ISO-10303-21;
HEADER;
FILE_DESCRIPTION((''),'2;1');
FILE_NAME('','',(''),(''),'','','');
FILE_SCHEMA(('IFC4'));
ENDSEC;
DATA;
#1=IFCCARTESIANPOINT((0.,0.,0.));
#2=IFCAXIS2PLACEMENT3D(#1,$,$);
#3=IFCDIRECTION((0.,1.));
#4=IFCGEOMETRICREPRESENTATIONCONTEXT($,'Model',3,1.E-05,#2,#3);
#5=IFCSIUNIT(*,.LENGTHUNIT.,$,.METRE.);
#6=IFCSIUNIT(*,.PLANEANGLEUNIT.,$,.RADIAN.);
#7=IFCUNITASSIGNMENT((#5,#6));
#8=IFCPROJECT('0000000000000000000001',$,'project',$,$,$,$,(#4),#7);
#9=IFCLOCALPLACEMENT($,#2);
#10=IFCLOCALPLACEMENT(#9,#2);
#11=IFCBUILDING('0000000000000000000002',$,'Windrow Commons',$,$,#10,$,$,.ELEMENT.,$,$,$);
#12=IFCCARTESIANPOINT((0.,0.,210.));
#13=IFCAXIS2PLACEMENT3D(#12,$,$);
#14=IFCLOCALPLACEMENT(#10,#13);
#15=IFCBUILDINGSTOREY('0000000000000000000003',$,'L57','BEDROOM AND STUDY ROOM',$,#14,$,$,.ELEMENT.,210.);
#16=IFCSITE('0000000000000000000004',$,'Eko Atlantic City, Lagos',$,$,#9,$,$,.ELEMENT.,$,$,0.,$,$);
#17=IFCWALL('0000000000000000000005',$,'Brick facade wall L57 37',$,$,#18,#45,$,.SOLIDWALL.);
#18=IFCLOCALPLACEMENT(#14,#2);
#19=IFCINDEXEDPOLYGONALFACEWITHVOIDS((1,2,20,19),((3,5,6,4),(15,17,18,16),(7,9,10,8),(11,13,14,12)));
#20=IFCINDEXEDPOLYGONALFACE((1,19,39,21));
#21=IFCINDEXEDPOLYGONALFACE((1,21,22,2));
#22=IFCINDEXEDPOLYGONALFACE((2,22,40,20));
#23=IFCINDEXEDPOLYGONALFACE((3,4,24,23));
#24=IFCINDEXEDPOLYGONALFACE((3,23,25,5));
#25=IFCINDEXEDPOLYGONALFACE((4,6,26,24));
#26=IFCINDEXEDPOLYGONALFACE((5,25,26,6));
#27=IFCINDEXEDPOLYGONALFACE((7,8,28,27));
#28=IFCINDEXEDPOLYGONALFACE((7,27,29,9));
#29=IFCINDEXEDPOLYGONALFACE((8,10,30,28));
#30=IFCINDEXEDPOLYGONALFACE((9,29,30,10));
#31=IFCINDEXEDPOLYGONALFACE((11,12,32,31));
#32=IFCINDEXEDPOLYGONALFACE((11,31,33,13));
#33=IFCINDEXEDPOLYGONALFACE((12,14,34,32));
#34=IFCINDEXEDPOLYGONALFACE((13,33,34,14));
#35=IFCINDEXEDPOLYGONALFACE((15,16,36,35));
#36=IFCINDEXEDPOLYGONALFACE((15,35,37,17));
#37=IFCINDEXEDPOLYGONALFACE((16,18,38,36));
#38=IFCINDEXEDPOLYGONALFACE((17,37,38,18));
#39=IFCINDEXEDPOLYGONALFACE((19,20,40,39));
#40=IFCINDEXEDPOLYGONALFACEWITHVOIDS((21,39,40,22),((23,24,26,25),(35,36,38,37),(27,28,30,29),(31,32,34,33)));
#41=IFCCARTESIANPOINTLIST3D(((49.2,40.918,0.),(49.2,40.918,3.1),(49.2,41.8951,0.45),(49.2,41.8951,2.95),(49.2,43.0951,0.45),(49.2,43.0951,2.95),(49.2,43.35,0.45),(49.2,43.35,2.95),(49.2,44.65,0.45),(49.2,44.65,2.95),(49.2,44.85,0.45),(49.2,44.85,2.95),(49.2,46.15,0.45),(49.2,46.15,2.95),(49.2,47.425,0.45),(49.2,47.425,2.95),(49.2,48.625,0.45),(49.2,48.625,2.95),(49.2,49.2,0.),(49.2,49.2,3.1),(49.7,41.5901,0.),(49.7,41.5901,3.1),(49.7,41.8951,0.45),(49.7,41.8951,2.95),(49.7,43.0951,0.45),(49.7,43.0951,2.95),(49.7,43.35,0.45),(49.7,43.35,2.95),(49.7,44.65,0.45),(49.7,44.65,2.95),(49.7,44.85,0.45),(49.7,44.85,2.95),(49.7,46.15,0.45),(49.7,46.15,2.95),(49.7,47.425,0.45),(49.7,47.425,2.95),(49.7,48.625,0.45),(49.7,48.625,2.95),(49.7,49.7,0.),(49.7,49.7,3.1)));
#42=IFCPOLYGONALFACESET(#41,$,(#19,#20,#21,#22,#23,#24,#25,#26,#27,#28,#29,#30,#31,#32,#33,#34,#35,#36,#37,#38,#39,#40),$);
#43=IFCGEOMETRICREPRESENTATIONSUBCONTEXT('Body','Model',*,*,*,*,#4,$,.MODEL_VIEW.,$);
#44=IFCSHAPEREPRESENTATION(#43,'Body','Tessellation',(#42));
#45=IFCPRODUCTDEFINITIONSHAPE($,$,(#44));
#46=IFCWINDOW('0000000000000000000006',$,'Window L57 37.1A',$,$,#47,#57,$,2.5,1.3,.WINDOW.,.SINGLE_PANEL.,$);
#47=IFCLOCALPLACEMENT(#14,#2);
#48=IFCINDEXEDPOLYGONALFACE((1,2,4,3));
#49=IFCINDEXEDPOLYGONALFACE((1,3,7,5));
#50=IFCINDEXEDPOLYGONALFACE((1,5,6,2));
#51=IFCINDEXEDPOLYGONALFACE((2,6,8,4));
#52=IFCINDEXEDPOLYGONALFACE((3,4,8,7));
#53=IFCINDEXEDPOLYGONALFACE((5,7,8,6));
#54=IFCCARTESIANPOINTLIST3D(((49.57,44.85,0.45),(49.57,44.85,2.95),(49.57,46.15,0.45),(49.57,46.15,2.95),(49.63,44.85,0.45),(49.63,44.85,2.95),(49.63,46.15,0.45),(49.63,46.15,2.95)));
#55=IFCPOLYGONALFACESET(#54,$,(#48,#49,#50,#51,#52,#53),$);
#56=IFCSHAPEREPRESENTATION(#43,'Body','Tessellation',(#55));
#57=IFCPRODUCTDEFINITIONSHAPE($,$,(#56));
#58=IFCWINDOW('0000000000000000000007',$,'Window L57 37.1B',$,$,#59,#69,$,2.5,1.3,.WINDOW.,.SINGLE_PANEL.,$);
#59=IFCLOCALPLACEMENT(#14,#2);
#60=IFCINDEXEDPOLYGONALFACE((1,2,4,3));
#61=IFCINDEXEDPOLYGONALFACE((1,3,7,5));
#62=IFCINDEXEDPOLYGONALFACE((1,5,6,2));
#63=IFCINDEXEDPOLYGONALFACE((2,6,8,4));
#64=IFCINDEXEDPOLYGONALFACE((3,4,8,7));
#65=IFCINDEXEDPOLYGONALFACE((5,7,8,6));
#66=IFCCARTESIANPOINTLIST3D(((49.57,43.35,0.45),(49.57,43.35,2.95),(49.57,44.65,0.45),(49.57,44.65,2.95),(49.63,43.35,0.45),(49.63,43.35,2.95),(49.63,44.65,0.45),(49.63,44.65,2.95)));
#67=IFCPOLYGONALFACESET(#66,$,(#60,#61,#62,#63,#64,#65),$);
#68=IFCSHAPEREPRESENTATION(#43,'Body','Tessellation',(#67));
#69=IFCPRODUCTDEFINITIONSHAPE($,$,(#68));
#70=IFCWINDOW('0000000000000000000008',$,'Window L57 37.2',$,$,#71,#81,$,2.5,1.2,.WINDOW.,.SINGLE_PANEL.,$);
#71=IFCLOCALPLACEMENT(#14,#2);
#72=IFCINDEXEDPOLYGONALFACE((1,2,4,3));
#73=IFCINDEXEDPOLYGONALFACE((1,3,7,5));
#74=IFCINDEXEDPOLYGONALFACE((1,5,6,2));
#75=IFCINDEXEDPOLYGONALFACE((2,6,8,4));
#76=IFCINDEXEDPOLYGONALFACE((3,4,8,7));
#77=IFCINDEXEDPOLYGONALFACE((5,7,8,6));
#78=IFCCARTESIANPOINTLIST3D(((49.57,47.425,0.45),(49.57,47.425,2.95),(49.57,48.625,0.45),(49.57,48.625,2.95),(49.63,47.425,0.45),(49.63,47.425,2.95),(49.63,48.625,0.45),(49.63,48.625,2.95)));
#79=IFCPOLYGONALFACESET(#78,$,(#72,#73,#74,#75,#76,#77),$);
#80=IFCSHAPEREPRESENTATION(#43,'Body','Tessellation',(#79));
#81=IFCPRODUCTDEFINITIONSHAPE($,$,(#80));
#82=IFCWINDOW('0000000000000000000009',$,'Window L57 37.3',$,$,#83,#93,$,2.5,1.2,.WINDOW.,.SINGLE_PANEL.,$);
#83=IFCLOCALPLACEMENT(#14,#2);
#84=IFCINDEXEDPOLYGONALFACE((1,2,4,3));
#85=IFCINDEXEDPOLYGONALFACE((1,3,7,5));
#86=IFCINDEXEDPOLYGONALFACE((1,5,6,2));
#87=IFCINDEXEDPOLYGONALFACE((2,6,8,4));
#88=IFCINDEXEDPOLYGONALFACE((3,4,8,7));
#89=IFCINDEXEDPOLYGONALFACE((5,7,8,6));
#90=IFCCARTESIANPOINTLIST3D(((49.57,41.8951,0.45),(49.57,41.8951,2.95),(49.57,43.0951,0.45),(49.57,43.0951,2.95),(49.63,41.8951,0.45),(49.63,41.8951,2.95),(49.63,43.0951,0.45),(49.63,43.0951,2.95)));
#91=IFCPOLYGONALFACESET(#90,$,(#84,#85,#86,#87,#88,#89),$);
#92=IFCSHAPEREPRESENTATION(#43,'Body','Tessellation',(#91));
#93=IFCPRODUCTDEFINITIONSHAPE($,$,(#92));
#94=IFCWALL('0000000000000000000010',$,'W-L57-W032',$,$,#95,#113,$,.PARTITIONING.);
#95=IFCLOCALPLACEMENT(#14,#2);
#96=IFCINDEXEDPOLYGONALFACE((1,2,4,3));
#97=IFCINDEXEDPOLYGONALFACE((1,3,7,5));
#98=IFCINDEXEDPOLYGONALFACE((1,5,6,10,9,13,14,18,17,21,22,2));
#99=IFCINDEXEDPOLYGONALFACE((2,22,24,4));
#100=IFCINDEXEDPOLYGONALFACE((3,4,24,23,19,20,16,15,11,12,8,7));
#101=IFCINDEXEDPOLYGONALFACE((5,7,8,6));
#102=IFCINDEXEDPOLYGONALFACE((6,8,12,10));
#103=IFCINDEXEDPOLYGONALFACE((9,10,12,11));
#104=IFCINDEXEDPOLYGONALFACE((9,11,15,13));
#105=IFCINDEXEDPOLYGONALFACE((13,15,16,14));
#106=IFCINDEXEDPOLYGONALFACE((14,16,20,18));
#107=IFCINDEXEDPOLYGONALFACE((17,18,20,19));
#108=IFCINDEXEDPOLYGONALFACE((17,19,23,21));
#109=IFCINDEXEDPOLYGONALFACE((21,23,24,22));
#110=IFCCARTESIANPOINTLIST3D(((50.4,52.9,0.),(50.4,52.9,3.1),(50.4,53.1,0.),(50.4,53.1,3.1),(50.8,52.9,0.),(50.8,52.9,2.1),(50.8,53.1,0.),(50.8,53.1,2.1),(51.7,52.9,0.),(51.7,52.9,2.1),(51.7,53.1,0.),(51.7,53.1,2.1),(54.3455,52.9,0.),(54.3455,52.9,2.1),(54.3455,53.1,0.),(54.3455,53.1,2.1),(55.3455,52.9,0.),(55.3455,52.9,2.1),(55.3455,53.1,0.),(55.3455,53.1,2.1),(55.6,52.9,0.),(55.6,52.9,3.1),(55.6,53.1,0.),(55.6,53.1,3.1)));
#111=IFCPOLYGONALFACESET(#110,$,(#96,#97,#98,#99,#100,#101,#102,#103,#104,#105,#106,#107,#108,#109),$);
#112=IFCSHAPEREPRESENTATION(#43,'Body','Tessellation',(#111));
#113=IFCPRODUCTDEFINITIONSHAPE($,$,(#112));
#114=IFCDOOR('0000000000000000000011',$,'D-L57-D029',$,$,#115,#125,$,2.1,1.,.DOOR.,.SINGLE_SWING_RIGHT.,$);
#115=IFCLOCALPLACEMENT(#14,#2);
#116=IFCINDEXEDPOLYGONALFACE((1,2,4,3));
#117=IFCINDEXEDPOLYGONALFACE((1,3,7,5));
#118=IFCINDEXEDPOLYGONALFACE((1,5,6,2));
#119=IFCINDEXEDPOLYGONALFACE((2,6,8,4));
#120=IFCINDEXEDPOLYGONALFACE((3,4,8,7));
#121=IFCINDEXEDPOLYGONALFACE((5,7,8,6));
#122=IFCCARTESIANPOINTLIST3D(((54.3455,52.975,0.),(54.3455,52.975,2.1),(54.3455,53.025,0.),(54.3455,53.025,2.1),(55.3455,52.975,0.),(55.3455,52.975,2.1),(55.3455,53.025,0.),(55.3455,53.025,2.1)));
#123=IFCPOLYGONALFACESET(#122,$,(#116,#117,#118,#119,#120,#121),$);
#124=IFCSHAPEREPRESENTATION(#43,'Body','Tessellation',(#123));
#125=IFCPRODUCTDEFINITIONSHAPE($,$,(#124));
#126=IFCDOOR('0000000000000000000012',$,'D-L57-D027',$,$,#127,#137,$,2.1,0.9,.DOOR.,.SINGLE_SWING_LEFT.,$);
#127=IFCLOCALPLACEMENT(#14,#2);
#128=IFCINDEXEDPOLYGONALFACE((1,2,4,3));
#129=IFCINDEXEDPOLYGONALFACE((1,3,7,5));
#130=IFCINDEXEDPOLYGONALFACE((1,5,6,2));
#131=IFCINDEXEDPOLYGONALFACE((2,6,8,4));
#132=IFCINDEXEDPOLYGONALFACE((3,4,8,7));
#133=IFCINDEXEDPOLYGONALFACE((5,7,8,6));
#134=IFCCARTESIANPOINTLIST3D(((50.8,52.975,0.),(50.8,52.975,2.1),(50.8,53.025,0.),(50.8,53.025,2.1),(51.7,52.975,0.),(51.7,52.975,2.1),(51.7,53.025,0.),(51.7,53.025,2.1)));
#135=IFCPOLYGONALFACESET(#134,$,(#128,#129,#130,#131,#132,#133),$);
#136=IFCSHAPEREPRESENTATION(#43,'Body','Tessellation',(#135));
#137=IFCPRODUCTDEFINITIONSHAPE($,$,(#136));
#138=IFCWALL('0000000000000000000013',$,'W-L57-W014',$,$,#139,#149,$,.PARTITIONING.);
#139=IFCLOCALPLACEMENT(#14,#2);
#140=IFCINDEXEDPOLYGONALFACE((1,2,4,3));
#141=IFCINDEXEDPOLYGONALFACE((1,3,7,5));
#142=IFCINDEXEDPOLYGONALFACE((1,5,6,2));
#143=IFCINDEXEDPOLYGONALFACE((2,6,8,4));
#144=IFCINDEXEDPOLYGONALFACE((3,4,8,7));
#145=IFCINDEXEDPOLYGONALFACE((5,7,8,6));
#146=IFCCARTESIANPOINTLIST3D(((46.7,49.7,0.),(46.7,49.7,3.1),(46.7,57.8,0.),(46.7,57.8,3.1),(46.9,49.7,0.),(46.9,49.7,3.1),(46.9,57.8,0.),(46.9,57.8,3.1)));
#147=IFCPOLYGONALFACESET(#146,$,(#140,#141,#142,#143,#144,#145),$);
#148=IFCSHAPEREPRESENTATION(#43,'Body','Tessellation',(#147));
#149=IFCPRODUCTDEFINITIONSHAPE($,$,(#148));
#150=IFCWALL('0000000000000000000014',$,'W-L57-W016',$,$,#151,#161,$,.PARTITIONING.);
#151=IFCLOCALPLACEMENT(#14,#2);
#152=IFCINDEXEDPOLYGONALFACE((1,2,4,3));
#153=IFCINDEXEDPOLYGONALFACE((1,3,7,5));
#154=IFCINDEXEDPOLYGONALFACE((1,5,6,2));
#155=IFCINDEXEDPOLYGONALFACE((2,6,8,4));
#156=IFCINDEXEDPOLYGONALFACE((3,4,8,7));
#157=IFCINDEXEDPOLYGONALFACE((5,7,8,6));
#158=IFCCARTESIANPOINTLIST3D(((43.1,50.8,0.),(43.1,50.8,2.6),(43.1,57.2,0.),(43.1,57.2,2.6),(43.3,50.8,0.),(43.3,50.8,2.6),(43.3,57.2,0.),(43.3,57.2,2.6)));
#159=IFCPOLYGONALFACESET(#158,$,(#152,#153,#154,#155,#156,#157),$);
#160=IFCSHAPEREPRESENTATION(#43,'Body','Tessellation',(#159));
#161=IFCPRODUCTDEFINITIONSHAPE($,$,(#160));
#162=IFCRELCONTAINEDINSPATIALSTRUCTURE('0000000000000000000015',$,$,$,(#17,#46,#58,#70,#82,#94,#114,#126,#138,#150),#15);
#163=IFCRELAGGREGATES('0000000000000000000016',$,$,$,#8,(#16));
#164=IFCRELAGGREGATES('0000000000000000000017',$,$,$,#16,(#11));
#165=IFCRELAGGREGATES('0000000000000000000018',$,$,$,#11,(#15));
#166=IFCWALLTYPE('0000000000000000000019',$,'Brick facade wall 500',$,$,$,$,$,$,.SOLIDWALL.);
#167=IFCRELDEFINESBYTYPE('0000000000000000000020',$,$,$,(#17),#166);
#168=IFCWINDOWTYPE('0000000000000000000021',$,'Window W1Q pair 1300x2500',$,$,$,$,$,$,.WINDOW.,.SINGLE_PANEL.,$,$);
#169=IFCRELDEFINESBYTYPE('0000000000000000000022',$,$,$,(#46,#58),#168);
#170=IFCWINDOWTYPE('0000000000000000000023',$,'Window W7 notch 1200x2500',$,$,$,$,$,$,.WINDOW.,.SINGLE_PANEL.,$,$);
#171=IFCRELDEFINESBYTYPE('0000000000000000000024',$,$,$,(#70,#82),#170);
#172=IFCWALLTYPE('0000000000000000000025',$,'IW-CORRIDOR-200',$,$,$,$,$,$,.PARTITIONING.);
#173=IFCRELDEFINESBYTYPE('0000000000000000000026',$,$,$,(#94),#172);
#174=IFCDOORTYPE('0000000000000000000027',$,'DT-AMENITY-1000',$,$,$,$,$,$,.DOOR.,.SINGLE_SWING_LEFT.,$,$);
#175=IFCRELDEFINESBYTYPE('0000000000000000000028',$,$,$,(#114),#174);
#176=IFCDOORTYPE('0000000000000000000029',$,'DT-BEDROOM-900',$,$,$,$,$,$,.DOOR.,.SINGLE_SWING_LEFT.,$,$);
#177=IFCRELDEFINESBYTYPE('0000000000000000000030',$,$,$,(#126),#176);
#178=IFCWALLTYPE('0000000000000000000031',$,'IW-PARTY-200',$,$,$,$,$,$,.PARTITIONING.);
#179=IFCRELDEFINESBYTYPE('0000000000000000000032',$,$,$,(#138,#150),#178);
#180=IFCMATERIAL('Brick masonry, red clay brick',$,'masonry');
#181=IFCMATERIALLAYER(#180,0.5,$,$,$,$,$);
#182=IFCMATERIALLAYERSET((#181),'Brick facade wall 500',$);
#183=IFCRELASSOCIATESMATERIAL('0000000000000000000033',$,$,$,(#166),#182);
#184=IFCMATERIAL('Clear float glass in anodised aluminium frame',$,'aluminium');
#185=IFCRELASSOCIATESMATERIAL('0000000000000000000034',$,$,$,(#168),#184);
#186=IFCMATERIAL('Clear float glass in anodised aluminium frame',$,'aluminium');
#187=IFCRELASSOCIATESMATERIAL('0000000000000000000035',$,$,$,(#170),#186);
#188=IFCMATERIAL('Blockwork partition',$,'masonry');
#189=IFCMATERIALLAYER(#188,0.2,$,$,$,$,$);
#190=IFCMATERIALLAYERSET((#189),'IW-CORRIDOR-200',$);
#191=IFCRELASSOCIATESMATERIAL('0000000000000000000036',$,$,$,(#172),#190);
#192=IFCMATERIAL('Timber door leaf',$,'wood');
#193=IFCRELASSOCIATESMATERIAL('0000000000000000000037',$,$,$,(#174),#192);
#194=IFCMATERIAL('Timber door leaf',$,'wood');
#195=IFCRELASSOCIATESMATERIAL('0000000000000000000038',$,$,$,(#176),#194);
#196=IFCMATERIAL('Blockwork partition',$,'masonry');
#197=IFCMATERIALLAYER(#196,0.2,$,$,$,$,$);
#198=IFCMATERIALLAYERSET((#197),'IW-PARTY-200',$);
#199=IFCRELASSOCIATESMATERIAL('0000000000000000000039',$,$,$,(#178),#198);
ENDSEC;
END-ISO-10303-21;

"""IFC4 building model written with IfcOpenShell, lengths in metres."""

from ifc_helpers import new_model, si_unit, direction, frame, frame_2d, origin, place, context, subcontext, project, spatial, polyline, rectangle, outline, extrude, material, layer, layer_set, type_object, element, fill, save


model = new_model("IFC4")

# Units and contexts
model_context = context("Model", 3, precision=1e-05, world=origin(), true_north=direction((0.0, 1.0)))
body_context = subcontext(model_context, "Body", "Model", "MODEL_VIEW")
ifc_project = project(units=[si_unit("LENGTHUNIT", "METRE"), si_unit("PLANEANGLEUNIT", "RADIAN")], contexts=[model_context])

# Site, building, storey
site_placement = place(None, origin())
site = spatial("IfcSite", under=ifc_project, at=site_placement, Name="Eko Atlantic City, Lagos", CompositionType="ELEMENT", RefElevation=0.0)
building_placement = place(site_placement, origin())
building = spatial("IfcBuilding", under=site, at=building_placement, Name="Windrow Commons", CompositionType="ELEMENT")
storey_placement = place(building_placement, frame((0.0, 0.0, 210.0)))
storey = spatial("IfcBuildingStorey", under=building, at=storey_placement, Name="L57", Description="BEDROOM AND STUDY ROOM", CompositionType="ELEMENT", Elevation=210.0)

# Wall, openings, windows
ifc_material_1 = material(Name="Brick masonry, red clay brick", Category="masonry")
ifc_layer_1 = layer(ifc_material_1, 0.5)
ifc_layer_set_1 = layer_set([ifc_layer_1], Name="Brick facade wall 500")
wall_type_1 = type_object("IfcWallType", Name="Brick facade wall 500", PredefinedType="SOLIDWALL", material=ifc_layer_set_1)
ifc_material_2 = material(Name="Clear float glass in anodised aluminium frame", Category="aluminium")
window_type_1 = type_object("IfcWindowType", Name="Window W1Q pair 1300x2500", PartitioningType="SINGLE_PANEL", PredefinedType="WINDOW", material=ifc_material_2)
ifc_material_3 = material(Name="Clear float glass in anodised aluminium frame", Category="aluminium")
window_type_2 = type_object("IfcWindowType", Name="Window W7 notch 1200x2500", PartitioningType="SINGLE_PANEL", PredefinedType="WINDOW", material=ifc_material_3)
wall_1_placement = place(storey_placement, frame((49.45, 49.45, 0.0), z_axis=(0.0, 0.0, 1.0), x_axis=(0.0, -1.0, 0.0)))
wall_1 = element("IfcWall", 1, at=wall_1_placement, inside=storey, type_object=wall_type_1, Name="Brick facade wall L57 37", PredefinedType="SOLIDWALL", context=body_context, shape_type="SweptSolid", body=[
    extrude(outline(polyline([(0.25, -0.25), (8.532, -0.25), (7.8599, 0.25), (-0.25, 0.25), (0.25, -0.25)])), origin(), (0.0, 0.0, 1.0), 3.1),
])
opening_1_placement = place(wall_1_placement, frame((3.3, 0.0, 0.45)))
opening_1 = element("IfcOpeningElement", 2, at=opening_1_placement, cuts=wall_1, PredefinedType="OPENING", context=body_context, shape_type="SweptSolid", body=[
    extrude(rectangle(XDim=1.3, YDim=2.5, at=frame_2d((0.65, 1.25))), frame((0.0, 0.26, 0.0), z_axis=(0.0, -1.0, 0.0), x_axis=(1.0, 0.0, 0.0)), (0.0, 0.0, 1.0), 0.52),
])
opening_2_placement = place(wall_1_placement, frame((4.8, 0.0, 0.45)))
opening_2 = element("IfcOpeningElement", 3, at=opening_2_placement, cuts=wall_1, PredefinedType="OPENING", context=body_context, shape_type="SweptSolid", body=[
    extrude(rectangle(XDim=1.3, YDim=2.5, at=frame_2d((0.65, 1.25))), frame((0.0, 0.26, 0.0), z_axis=(0.0, -1.0, 0.0), x_axis=(1.0, 0.0, 0.0)), (0.0, 0.0, 1.0), 0.52),
])
opening_3_placement = place(wall_1_placement, frame((0.825, 0.0, 0.45)))
opening_3 = element("IfcOpeningElement", 4, at=opening_3_placement, cuts=wall_1, PredefinedType="OPENING", context=body_context, shape_type="SweptSolid", body=[
    extrude(rectangle(XDim=1.2, YDim=2.5, at=frame_2d((0.6, 1.25))), frame((0.0, 0.26, 0.0), z_axis=(0.0, -1.0, 0.0), x_axis=(1.0, 0.0, 0.0)), (0.0, 0.0, 1.0), 0.52),
])
opening_4_placement = place(wall_1_placement, frame((6.3549, 0.0, 0.45)))
opening_4 = element("IfcOpeningElement", 5, at=opening_4_placement, cuts=wall_1, PredefinedType="OPENING", context=body_context, shape_type="SweptSolid", body=[
    extrude(rectangle(XDim=1.2, YDim=2.5, at=frame_2d((0.6, 1.25))), frame((0.0, 0.26, 0.0), z_axis=(0.0, -1.0, 0.0), x_axis=(1.0, 0.0, 0.0)), (0.0, 0.0, 1.0), 0.52),
])
window_1_placement = place(opening_1_placement, origin())
window_1 = element("IfcWindow", 6, at=window_1_placement, inside=storey, type_object=window_type_1, Name="Window L57 37.1A", OverallHeight=2.5, OverallWidth=1.3, PartitioningType="SINGLE_PANEL", PredefinedType="WINDOW", context=body_context, shape_type="SweptSolid", body=[
    extrude(rectangle(XDim=1.3, YDim=2.5, at=frame_2d((0.65, 1.25))), frame((0.0, 0.18, 0.0), z_axis=(0.0, -1.0, 0.0), x_axis=(1.0, 0.0, 0.0)), (0.0, 0.0, 1.0), 0.06),
])
fill(opening_1, window_1)
window_2_placement = place(opening_2_placement, origin())
window_2 = element("IfcWindow", 7, at=window_2_placement, inside=storey, type_object=window_type_1, Name="Window L57 37.1B", OverallHeight=2.5, OverallWidth=1.3, PartitioningType="SINGLE_PANEL", PredefinedType="WINDOW", context=body_context, shape_type="SweptSolid", body=[
    extrude(rectangle(XDim=1.3, YDim=2.5, at=frame_2d((0.65, 1.25))), frame((0.0, 0.18, 0.0), z_axis=(0.0, -1.0, 0.0), x_axis=(1.0, 0.0, 0.0)), (0.0, 0.0, 1.0), 0.06),
])
fill(opening_2, window_2)
window_3_placement = place(opening_3_placement, origin())
window_3 = element("IfcWindow", 8, at=window_3_placement, inside=storey, type_object=window_type_2, Name="Window L57 37.2", OverallHeight=2.5, OverallWidth=1.2, PartitioningType="SINGLE_PANEL", PredefinedType="WINDOW", context=body_context, shape_type="SweptSolid", body=[
    extrude(rectangle(XDim=1.2, YDim=2.5, at=frame_2d((0.6, 1.25))), frame((0.0, 0.18, 0.0), z_axis=(0.0, -1.0, 0.0), x_axis=(1.0, 0.0, 0.0)), (0.0, 0.0, 1.0), 0.06),
])
fill(opening_3, window_3)
window_4_placement = place(opening_4_placement, origin())
window_4 = element("IfcWindow", 9, at=window_4_placement, inside=storey, type_object=window_type_2, Name="Window L57 37.3", OverallHeight=2.5, OverallWidth=1.2, PartitioningType="SINGLE_PANEL", PredefinedType="WINDOW", context=body_context, shape_type="SweptSolid", body=[
    extrude(rectangle(XDim=1.2, YDim=2.5, at=frame_2d((0.6, 1.25))), frame((0.0, 0.18, 0.0), z_axis=(0.0, -1.0, 0.0), x_axis=(1.0, 0.0, 0.0)), (0.0, 0.0, 1.0), 0.06),
])
fill(opening_4, window_4)

# Wall, openings, doors
ifc_material_4 = material(Name="Blockwork partition", Category="masonry")
ifc_layer_2 = layer(ifc_material_4, 0.2)
ifc_layer_set_2 = layer_set([ifc_layer_2], Name="IW-CORRIDOR-200")
wall_type_2 = type_object("IfcWallType", Name="IW-CORRIDOR-200", PredefinedType="PARTITIONING", material=ifc_layer_set_2)
wall_2_placement = place(storey_placement, frame((50.4, 53.0, 0.0), z_axis=(0.0, 0.0, 1.0), x_axis=(1.0, 0.0, 0.0)))
wall_2 = element("IfcWall", 10, at=wall_2_placement, inside=storey, type_object=wall_type_2, Name="W-L57-W032", PredefinedType="PARTITIONING", context=body_context, shape_type="SweptSolid", body=[
    extrude(rectangle(XDim=5.2, YDim=0.2, at=frame_2d((2.6, 0.0))), origin(), (0.0, 0.0, 1.0), 3.1),
])
opening_5_placement = place(wall_2_placement, frame((0.4, 0.0, 0.0)))
opening_5 = element("IfcOpeningElement", 11, at=opening_5_placement, cuts=wall_2, PredefinedType="OPENING", context=body_context, shape_type="SweptSolid", body=[
    extrude(rectangle(XDim=0.9, YDim=2.1, at=frame_2d((0.45, 1.05))), frame((0.0, 0.11, 0.0), z_axis=(0.0, -1.0, 0.0), x_axis=(1.0, 0.0, 0.0)), (0.0, 0.0, 1.0), 0.22),
])
opening_6_placement = place(wall_2_placement, frame((3.9455, 0.0, 0.0)))
opening_6 = element("IfcOpeningElement", 12, at=opening_6_placement, cuts=wall_2, PredefinedType="OPENING", context=body_context, shape_type="SweptSolid", body=[
    extrude(rectangle(XDim=1.0, YDim=2.1, at=frame_2d((0.5, 1.05))), frame((0.0, 0.11, 0.0), z_axis=(0.0, -1.0, 0.0), x_axis=(1.0, 0.0, 0.0)), (0.0, 0.0, 1.0), 0.22),
])
ifc_material_5 = material(Name="Timber door leaf", Category="wood")
door_type_1 = type_object("IfcDoorType", Name="DT-AMENITY-1000", OperationType="SINGLE_SWING_LEFT", PredefinedType="DOOR", material=ifc_material_5)
door_1_placement = place(opening_6_placement, origin())
door_1 = element("IfcDoor", 13, at=door_1_placement, inside=storey, type_object=door_type_1, Name="D-L57-D029", OperationType="SINGLE_SWING_RIGHT", OverallHeight=2.1, OverallWidth=1.0, PredefinedType="DOOR", context=body_context, shape_type="SweptSolid", body=[
    extrude(rectangle(XDim=1.0, YDim=2.1, at=frame_2d((0.5, 1.05))), frame((0.0, 0.025, 0.0), z_axis=(0.0, -1.0, 0.0), x_axis=(1.0, 0.0, 0.0)), (0.0, 0.0, 1.0), 0.05),
])
fill(opening_6, door_1)
ifc_material_6 = material(Name="Timber door leaf", Category="wood")
door_type_2 = type_object("IfcDoorType", Name="DT-BEDROOM-900", OperationType="SINGLE_SWING_LEFT", PredefinedType="DOOR", material=ifc_material_6)
door_2_placement = place(opening_5_placement, origin())
door_2 = element("IfcDoor", 14, at=door_2_placement, inside=storey, type_object=door_type_2, Name="D-L57-D027", OperationType="SINGLE_SWING_LEFT", OverallHeight=2.1, OverallWidth=0.9, PredefinedType="DOOR", context=body_context, shape_type="SweptSolid", body=[
    extrude(rectangle(XDim=0.9, YDim=2.1, at=frame_2d((0.45, 1.05))), frame((0.0, 0.025, 0.0), z_axis=(0.0, -1.0, 0.0), x_axis=(1.0, 0.0, 0.0)), (0.0, 0.0, 1.0), 0.05),
])
fill(opening_5, door_2)

# Walls
ifc_material_7 = material(Name="Blockwork partition", Category="masonry")
ifc_layer_3 = layer(ifc_material_7, 0.2)
ifc_layer_set_3 = layer_set([ifc_layer_3], Name="IW-PARTY-200")
wall_type_3 = type_object("IfcWallType", Name="IW-PARTY-200", PredefinedType="PARTITIONING", material=ifc_layer_set_3)
wall_3_placement = place(storey_placement, frame((46.8, 49.7, 0.0), z_axis=(0.0, 0.0, 1.0), x_axis=(0.0, 1.0, 0.0)))
element("IfcWall", 15, at=wall_3_placement, inside=storey, type_object=wall_type_3, Name="W-L57-W014", PredefinedType="PARTITIONING", context=body_context, shape_type="SweptSolid", body=[
    extrude(rectangle(XDim=8.1, YDim=0.2, at=frame_2d((4.05, 0.0))), origin(), (0.0, 0.0, 1.0), 3.1),
])
for number, where, z_axis, x_axis, name in (
    (16, (43.2, 50.8, 0.0), (0.0, 0.0, 1.0), (0.0, 1.0, 0.0), "W-L57-W016"),
):
    element("IfcWall", number, at=place(storey_placement, frame(where, z_axis=z_axis, x_axis=x_axis)), inside=storey, type_object=wall_type_3, Name=name, PredefinedType="PARTITIONING", context=body_context, shape_type="SweptSolid", body=[
        extrude(rectangle(XDim=6.4, YDim=0.2, at=frame_2d((3.2, 0.0))), origin(), (0.0, 0.0, 1.0), 2.6),
    ])

save(model, "model.ifc")
